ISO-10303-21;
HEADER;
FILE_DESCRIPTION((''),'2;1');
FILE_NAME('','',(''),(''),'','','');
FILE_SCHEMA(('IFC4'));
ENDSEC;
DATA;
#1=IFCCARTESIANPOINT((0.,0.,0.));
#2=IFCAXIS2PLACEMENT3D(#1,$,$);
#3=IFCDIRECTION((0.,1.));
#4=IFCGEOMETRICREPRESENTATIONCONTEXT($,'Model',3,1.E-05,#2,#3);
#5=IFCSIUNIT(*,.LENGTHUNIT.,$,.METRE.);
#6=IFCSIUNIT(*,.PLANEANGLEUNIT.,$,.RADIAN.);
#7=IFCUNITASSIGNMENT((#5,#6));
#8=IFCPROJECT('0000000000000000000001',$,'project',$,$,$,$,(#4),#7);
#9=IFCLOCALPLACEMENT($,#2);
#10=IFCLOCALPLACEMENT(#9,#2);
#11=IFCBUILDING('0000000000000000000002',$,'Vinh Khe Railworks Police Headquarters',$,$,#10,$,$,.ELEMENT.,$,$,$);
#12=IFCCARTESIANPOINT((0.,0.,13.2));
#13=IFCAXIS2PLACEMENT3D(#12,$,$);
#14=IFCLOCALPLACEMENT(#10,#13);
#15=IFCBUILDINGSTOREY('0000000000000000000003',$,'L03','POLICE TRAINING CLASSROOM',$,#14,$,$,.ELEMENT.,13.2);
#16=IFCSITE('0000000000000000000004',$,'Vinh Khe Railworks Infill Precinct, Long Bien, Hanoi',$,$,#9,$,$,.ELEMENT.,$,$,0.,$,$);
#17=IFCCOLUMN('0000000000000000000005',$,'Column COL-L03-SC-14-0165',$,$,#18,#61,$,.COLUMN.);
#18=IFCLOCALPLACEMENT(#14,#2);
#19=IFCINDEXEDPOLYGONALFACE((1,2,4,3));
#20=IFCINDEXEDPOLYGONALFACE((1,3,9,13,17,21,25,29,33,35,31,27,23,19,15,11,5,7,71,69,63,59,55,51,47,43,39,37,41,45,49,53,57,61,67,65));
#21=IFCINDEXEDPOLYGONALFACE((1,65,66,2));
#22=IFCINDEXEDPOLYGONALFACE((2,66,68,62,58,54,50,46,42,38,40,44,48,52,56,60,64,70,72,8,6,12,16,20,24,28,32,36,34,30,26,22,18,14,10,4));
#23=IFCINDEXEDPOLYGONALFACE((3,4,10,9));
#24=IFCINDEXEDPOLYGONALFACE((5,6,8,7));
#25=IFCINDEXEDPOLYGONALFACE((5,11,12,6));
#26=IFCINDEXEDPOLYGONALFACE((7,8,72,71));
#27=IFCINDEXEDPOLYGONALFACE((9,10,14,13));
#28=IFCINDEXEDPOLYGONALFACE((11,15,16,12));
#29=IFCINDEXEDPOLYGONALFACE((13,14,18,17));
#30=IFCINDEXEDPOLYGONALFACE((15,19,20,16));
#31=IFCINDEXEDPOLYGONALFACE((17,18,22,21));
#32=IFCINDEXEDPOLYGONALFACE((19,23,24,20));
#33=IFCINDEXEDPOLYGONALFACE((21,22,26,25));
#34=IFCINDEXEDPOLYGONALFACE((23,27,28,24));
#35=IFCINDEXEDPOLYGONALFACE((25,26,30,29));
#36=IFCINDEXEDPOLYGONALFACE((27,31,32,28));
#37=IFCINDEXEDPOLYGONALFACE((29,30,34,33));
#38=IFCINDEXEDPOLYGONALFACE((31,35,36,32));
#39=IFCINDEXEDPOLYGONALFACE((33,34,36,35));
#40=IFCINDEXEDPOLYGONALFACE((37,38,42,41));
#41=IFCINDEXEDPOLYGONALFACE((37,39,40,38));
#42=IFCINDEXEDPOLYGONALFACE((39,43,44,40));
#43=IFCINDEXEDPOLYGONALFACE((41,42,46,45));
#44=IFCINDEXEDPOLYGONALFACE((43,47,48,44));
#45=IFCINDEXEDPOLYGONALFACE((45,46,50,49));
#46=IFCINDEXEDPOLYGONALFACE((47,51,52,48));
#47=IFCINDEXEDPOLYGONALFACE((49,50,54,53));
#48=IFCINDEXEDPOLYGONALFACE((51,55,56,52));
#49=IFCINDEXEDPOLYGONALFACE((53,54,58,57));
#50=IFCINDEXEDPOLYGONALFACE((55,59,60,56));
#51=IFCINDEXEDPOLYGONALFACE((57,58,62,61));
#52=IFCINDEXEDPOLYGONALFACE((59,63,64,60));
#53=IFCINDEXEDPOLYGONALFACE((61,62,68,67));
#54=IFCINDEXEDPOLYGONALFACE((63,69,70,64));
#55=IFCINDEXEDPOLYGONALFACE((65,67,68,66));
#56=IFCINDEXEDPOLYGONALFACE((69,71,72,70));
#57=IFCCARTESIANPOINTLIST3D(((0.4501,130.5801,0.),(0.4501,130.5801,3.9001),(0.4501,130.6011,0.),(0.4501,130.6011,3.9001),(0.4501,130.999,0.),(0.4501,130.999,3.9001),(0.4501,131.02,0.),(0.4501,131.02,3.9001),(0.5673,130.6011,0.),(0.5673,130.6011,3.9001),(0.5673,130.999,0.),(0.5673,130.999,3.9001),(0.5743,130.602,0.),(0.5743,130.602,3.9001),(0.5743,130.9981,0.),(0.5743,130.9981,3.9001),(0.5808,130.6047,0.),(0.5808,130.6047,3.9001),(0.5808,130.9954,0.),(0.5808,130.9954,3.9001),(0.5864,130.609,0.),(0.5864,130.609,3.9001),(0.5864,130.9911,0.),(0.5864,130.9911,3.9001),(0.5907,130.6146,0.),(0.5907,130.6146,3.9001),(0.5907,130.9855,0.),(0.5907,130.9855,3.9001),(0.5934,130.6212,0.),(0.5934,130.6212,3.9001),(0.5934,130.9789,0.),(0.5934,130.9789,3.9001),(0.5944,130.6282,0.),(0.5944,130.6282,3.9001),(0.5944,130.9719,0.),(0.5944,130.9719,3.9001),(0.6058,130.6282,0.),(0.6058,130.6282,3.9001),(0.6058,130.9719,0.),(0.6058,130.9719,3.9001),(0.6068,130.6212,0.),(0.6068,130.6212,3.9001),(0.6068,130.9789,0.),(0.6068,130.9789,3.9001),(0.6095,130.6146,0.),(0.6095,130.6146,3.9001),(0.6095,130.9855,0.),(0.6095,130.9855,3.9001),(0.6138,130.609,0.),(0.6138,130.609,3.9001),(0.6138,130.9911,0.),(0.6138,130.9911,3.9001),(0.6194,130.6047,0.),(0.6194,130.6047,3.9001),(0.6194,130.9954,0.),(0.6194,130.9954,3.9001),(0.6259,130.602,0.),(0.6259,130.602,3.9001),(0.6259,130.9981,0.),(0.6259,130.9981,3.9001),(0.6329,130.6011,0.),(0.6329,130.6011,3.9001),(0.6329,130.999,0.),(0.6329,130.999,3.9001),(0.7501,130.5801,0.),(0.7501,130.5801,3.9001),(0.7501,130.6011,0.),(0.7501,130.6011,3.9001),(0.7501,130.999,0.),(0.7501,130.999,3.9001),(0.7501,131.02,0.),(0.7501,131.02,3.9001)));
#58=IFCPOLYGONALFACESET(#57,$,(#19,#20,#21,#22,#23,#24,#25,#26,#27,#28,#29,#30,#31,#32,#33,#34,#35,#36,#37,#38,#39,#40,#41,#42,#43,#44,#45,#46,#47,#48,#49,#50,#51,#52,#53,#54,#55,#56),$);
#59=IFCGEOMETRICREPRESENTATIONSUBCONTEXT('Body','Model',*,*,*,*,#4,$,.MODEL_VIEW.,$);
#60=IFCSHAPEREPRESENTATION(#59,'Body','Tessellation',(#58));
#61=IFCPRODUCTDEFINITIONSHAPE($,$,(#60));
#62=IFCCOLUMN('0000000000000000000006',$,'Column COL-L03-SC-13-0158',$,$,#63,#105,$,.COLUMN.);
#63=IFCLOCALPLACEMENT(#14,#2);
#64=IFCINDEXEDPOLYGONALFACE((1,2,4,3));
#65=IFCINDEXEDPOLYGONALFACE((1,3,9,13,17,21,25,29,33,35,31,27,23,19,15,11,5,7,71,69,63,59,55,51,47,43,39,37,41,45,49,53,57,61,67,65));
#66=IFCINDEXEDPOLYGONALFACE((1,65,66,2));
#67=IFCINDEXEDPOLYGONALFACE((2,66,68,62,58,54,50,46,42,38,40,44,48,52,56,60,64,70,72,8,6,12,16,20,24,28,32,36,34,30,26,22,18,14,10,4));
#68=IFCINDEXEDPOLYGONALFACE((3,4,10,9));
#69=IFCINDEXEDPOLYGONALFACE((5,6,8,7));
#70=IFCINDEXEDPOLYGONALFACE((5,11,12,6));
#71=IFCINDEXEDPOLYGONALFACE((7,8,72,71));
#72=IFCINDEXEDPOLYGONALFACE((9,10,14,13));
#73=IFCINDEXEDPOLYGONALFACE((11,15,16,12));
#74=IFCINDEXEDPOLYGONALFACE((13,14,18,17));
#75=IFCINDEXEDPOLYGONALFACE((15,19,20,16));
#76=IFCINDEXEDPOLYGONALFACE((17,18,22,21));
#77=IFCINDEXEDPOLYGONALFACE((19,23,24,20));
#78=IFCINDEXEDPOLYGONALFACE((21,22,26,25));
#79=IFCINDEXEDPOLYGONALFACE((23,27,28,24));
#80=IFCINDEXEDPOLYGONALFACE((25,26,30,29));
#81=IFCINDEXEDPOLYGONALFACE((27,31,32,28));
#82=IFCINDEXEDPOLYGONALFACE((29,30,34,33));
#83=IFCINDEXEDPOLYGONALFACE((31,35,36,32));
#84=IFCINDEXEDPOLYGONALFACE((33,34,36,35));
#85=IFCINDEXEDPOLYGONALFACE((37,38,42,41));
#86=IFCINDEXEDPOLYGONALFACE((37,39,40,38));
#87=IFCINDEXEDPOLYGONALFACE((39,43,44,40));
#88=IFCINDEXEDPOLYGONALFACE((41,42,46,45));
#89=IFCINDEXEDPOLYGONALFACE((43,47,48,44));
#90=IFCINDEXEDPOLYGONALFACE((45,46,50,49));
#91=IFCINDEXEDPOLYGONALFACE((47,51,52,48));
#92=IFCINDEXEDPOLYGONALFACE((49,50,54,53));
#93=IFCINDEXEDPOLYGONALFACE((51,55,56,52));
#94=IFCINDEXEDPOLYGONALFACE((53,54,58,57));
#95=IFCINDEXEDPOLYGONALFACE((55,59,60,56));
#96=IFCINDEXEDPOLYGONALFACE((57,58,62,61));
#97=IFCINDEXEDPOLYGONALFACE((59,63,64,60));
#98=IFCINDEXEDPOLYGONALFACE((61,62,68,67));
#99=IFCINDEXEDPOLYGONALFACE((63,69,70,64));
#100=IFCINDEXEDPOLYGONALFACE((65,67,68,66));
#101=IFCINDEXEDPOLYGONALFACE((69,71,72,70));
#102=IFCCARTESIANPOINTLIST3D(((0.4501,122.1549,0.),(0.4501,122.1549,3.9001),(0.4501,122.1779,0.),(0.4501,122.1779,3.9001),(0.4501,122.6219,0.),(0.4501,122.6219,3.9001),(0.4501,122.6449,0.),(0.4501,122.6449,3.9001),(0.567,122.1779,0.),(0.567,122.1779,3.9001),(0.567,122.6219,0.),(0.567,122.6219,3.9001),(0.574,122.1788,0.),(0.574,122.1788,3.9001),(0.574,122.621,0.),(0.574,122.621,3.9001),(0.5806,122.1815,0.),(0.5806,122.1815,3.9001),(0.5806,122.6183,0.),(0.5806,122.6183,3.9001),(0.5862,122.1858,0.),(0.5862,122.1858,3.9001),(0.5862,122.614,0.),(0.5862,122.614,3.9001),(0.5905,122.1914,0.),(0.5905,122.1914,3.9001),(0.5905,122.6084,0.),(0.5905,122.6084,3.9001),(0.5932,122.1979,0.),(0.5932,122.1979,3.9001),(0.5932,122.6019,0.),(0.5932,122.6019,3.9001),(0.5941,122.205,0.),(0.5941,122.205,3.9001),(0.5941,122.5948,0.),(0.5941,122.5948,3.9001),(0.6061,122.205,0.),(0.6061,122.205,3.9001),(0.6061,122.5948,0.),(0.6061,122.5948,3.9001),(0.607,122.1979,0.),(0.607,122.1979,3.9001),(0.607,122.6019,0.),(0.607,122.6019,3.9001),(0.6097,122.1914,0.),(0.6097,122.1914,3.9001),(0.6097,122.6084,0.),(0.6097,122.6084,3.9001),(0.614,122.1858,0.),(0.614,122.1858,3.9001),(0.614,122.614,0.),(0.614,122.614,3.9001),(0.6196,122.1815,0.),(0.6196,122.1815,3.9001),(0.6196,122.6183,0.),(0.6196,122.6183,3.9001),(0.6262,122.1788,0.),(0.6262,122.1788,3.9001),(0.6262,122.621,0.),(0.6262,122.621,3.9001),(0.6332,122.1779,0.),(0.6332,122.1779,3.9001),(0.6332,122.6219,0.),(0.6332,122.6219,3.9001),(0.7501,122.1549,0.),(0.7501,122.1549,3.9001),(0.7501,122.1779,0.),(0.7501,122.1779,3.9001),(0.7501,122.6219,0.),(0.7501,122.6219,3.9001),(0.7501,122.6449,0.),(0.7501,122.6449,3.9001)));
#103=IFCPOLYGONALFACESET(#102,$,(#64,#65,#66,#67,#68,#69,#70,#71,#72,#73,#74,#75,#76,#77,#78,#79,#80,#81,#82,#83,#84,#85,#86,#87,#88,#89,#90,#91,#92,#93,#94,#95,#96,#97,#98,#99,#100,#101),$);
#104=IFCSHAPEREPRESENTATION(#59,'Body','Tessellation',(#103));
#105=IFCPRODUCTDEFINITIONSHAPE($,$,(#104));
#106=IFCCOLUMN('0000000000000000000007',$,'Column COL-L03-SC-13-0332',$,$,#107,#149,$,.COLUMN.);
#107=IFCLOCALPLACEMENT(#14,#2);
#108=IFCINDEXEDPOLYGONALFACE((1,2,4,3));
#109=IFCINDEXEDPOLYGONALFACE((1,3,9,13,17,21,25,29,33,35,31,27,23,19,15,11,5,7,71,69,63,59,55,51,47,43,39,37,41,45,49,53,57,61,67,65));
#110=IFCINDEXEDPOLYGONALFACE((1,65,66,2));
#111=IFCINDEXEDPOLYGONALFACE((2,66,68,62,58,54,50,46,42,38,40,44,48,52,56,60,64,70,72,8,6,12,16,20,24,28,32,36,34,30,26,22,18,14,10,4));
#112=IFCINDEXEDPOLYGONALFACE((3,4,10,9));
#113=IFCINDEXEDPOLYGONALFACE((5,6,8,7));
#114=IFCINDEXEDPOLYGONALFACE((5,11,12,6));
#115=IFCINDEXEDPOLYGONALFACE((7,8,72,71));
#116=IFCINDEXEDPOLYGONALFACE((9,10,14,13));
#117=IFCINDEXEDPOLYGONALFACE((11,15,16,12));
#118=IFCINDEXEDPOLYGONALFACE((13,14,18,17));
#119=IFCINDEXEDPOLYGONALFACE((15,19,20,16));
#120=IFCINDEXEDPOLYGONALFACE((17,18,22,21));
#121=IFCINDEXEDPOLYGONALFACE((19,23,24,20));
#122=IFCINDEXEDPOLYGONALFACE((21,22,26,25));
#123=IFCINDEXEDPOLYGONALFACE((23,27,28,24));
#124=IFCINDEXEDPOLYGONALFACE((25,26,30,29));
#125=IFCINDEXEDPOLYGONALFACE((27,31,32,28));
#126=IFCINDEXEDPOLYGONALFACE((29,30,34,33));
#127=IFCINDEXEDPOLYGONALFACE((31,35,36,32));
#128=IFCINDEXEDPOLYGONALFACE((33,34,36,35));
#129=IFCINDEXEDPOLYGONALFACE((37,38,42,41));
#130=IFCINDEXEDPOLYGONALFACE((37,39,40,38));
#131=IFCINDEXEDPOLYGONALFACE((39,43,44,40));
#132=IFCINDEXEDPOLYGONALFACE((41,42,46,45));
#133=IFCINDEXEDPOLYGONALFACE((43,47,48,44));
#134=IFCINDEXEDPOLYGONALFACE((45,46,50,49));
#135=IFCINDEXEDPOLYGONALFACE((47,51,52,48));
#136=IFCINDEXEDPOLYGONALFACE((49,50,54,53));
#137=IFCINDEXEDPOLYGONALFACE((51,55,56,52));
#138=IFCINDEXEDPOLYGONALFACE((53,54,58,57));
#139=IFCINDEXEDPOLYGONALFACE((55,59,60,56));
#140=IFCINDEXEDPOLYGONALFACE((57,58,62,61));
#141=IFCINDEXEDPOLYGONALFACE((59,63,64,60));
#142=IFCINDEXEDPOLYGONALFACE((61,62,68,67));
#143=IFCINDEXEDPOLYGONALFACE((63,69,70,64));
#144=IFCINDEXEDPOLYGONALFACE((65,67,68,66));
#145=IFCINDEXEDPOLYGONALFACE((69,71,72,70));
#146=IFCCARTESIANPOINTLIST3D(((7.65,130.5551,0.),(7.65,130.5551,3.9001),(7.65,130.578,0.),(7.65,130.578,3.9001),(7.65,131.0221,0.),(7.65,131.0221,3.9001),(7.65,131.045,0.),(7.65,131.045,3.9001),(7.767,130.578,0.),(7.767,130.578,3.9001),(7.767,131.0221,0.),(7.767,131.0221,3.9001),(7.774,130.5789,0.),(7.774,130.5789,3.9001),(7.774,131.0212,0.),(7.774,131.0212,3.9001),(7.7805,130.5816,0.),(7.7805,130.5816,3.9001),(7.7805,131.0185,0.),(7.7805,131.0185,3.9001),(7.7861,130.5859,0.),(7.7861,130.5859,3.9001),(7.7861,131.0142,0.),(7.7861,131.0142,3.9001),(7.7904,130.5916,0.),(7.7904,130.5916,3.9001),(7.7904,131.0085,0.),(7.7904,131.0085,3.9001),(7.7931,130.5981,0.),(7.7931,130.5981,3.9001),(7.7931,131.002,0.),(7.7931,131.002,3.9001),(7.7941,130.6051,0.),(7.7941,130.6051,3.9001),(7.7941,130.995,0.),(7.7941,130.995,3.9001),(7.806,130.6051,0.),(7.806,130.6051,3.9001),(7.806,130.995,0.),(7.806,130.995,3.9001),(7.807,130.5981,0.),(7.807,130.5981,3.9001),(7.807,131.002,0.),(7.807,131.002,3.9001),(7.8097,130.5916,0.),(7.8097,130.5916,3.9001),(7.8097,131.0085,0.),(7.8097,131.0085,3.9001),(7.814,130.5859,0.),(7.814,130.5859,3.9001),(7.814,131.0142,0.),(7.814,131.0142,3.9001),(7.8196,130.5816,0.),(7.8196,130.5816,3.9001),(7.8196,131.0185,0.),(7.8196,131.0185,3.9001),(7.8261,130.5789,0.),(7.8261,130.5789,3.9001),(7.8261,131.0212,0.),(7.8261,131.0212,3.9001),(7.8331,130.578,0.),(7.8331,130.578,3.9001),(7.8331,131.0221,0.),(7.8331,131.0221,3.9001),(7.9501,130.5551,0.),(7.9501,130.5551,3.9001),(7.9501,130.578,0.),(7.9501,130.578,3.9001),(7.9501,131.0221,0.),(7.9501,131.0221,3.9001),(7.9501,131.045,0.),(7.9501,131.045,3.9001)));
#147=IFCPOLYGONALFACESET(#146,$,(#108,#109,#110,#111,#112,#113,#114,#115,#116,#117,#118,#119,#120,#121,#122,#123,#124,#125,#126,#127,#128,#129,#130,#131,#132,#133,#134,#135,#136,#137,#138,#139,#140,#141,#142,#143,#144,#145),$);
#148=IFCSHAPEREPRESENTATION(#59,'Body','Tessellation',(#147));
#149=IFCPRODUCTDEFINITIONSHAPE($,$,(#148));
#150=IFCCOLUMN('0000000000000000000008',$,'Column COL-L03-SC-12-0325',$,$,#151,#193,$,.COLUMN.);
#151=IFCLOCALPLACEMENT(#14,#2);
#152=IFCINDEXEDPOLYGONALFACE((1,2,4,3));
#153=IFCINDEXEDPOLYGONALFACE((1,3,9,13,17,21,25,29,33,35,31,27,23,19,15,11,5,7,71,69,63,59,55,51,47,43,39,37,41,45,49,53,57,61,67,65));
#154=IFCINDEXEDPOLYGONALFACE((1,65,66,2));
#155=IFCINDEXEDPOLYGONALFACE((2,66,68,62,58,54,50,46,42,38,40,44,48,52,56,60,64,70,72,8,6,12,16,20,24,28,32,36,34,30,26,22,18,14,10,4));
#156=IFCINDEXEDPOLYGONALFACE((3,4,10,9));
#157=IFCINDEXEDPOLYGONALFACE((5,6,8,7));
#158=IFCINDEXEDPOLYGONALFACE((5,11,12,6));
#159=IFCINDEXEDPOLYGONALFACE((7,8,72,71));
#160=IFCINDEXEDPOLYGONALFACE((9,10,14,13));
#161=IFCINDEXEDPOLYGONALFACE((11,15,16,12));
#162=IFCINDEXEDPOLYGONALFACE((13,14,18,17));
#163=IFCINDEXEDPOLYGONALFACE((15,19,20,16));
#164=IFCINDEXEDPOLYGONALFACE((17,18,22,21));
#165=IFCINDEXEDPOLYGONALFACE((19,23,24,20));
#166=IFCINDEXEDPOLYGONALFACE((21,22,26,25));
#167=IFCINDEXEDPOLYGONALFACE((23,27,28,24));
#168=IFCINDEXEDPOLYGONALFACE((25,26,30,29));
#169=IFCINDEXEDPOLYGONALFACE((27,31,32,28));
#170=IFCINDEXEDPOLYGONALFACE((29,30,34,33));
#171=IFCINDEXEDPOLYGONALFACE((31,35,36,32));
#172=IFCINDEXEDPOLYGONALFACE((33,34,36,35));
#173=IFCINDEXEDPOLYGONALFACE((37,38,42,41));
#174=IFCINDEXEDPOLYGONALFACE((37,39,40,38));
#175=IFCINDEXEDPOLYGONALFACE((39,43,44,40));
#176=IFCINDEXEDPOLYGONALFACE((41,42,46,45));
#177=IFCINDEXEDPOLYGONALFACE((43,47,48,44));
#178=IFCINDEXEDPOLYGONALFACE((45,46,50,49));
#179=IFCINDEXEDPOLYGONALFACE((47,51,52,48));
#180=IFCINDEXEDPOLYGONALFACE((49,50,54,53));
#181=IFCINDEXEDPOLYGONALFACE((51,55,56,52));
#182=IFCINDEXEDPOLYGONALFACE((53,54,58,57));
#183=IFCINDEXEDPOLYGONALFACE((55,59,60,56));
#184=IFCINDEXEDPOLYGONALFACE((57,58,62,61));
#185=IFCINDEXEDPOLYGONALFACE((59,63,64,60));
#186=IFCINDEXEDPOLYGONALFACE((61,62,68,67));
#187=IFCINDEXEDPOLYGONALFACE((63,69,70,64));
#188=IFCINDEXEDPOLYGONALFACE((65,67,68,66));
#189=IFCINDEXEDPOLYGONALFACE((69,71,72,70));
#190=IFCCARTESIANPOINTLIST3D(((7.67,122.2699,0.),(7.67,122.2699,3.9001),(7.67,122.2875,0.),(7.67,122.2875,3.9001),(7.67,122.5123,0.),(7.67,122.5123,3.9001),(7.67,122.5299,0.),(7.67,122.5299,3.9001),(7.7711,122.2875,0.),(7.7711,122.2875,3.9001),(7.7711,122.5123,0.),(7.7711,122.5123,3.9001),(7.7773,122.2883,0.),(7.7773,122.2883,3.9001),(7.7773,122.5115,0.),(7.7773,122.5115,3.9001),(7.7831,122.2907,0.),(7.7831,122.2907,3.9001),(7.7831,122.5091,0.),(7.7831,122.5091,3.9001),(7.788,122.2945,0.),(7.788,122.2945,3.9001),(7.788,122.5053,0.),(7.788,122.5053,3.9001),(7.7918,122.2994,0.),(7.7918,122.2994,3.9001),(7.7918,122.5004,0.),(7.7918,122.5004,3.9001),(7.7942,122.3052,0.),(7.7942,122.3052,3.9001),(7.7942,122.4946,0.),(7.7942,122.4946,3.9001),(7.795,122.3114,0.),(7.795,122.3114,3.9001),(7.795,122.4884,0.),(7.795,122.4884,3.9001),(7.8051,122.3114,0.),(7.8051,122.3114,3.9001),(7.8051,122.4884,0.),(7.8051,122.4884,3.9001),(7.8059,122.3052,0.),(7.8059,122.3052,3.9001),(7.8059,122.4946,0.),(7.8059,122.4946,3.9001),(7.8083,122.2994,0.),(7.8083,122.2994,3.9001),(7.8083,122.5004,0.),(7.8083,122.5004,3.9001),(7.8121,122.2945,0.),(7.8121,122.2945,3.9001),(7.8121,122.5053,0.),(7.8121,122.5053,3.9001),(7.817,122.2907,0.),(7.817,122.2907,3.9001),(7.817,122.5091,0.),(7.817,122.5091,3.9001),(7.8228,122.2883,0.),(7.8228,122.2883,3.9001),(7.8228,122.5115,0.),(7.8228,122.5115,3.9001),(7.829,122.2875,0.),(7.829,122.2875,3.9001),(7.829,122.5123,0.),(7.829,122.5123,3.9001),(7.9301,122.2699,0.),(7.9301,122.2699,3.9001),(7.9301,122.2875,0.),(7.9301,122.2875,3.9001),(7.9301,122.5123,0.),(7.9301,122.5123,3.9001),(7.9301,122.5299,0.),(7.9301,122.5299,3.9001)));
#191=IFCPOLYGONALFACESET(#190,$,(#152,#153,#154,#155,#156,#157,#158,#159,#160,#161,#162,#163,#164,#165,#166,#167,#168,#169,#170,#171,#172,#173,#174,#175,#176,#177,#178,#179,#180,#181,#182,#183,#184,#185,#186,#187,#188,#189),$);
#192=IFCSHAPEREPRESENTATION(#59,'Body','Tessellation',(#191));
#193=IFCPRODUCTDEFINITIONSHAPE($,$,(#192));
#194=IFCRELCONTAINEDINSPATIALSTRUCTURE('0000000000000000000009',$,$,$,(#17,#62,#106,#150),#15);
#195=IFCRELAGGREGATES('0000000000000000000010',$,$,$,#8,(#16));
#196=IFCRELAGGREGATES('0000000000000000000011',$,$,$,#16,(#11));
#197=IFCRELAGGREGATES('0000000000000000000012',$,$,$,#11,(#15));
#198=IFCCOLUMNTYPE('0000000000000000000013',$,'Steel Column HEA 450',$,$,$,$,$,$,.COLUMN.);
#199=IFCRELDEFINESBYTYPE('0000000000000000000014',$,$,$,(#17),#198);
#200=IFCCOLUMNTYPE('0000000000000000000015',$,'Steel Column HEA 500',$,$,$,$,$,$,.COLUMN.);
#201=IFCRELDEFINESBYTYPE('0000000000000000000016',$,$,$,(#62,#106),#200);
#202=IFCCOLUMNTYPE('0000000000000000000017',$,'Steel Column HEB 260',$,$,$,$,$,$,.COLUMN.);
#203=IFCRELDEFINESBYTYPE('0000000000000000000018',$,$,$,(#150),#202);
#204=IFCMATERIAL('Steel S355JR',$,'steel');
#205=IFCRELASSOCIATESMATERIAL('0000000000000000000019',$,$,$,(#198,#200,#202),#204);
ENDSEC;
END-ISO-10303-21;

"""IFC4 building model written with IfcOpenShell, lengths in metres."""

from ifc_helpers import new_model, si_unit, direction, frame, origin, origin_2d, place, context, subcontext, project, spatial, i_section, extrude, material, material_profile, profile_set, type_object, element, save


model = new_model("IFC4")

# Units and contexts
model_context = context("Model", 3, precision=1e-05, world=origin(), true_north=direction((0.0, 1.0)))
body_context = subcontext(model_context, "Body", "Model", "MODEL_VIEW")
ifc_project = project(units=[si_unit("LENGTHUNIT", "METRE"), si_unit("PLANEANGLEUNIT", "RADIAN")], contexts=[model_context])

# Site, building, storey
site_placement = place(None, origin())
site = spatial("IfcSite", under=ifc_project, at=site_placement, Name="Vinh Khe Railworks Infill Precinct, Long Bien, Hanoi", CompositionType="ELEMENT", RefElevation=0.0)
building_placement = place(site_placement, origin())
building = spatial("IfcBuilding", under=site, at=building_placement, Name="Vinh Khe Railworks Police Headquarters", CompositionType="ELEMENT")
storey_placement = place(building_placement, frame((0.0, 0.0, 13.2)))
storey = spatial("IfcBuildingStorey", under=building, at=storey_placement, Name="L03", Description="POLICE TRAINING CLASSROOM", CompositionType="ELEMENT", Elevation=13.2)

# Columns
ifc_material_1 = material(Name="Steel S355JR", Category="steel")
ifc_material_profile_1 = material_profile(ifc_material_1, i_section(OverallWidth=0.3, OverallDepth=0.4399, WebThickness=0.0115, FlangeThickness=0.021, FilletRadius=0.0271, at=origin_2d()), Name="HEA 450")
ifc_profile_set_1 = profile_set([ifc_material_profile_1], Name="Steel S355JR")
column_type_1 = type_object("IfcColumnType", Name="Steel Column HEA 450", PredefinedType="COLUMN", material=ifc_profile_set_1)
column_1_placement = place(storey_placement, frame((0.6001, 130.8, 0.0), z_axis=(0.0, 0.0, 1.0), x_axis=(1.0, 0.0, 0.0)))
element("IfcColumn", 1, at=column_1_placement, inside=storey, type_object=column_type_1, Name="Column COL-L03-SC-14-0165", PredefinedType="COLUMN", context=body_context, shape_type="SweptSolid", body=[
    extrude(i_section(OverallWidth=0.3, OverallDepth=0.4399, WebThickness=0.0115, FlangeThickness=0.021, FilletRadius=0.0271, at=origin_2d()), origin(), (0.0, 0.0, 1.0), 3.9001),
])
ifc_material_profile_2 = material_profile(ifc_material_1, i_section(OverallWidth=0.3, OverallDepth=0.49, WebThickness=0.012, FlangeThickness=0.0229, FilletRadius=0.0271, at=origin_2d()), Name="HEA 500")
ifc_profile_set_2 = profile_set([ifc_material_profile_2], Name="Steel S355JR")
column_type_2 = type_object("IfcColumnType", Name="Steel Column HEA 500", PredefinedType="COLUMN", material=ifc_profile_set_2)
for number, where, z_axis, x_axis, name in (
    (2, (0.6001, 122.3999, 0.0), (0.0, 0.0, 1.0), (1.0, 0.0, 0.0), "Column COL-L03-SC-13-0158"),
    (3, (7.8, 130.8, 0.0), (0.0, 0.0, 1.0), (1.0, 0.0, 0.0), "Column COL-L03-SC-13-0332"),
):
    element("IfcColumn", number, at=place(storey_placement, frame(where, z_axis=z_axis, x_axis=x_axis)), inside=storey, type_object=column_type_2, Name=name, PredefinedType="COLUMN", context=body_context, shape_type="SweptSolid", body=[
        extrude(i_section(OverallWidth=0.3, OverallDepth=0.49, WebThickness=0.012, FlangeThickness=0.0229, FilletRadius=0.0271, at=origin_2d()), origin(), (0.0, 0.0, 1.0), 3.9001),
    ])
ifc_material_profile_3 = material_profile(ifc_material_1, i_section(OverallWidth=0.26, OverallDepth=0.26, WebThickness=0.01, FlangeThickness=0.0176, FilletRadius=0.0239, at=origin_2d()), Name="HEB 260")
ifc_profile_set_3 = profile_set([ifc_material_profile_3], Name="Steel S355JR")
column_type_3 = type_object("IfcColumnType", Name="Steel Column HEB 260", PredefinedType="COLUMN", material=ifc_profile_set_3)
column_2_placement = place(storey_placement, frame((7.8, 122.3999, 0.0), z_axis=(0.0, 0.0, 1.0), x_axis=(1.0, 0.0, 0.0)))
element("IfcColumn", 4, at=column_2_placement, inside=storey, type_object=column_type_3, Name="Column COL-L03-SC-12-0325", PredefinedType="COLUMN", context=body_context, shape_type="SweptSolid", body=[
    extrude(i_section(OverallWidth=0.26, OverallDepth=0.26, WebThickness=0.01, FlangeThickness=0.0176, FilletRadius=0.0239, at=origin_2d()), origin(), (0.0, 0.0, 1.0), 3.9001),
])

save(model, "model.ifc")
